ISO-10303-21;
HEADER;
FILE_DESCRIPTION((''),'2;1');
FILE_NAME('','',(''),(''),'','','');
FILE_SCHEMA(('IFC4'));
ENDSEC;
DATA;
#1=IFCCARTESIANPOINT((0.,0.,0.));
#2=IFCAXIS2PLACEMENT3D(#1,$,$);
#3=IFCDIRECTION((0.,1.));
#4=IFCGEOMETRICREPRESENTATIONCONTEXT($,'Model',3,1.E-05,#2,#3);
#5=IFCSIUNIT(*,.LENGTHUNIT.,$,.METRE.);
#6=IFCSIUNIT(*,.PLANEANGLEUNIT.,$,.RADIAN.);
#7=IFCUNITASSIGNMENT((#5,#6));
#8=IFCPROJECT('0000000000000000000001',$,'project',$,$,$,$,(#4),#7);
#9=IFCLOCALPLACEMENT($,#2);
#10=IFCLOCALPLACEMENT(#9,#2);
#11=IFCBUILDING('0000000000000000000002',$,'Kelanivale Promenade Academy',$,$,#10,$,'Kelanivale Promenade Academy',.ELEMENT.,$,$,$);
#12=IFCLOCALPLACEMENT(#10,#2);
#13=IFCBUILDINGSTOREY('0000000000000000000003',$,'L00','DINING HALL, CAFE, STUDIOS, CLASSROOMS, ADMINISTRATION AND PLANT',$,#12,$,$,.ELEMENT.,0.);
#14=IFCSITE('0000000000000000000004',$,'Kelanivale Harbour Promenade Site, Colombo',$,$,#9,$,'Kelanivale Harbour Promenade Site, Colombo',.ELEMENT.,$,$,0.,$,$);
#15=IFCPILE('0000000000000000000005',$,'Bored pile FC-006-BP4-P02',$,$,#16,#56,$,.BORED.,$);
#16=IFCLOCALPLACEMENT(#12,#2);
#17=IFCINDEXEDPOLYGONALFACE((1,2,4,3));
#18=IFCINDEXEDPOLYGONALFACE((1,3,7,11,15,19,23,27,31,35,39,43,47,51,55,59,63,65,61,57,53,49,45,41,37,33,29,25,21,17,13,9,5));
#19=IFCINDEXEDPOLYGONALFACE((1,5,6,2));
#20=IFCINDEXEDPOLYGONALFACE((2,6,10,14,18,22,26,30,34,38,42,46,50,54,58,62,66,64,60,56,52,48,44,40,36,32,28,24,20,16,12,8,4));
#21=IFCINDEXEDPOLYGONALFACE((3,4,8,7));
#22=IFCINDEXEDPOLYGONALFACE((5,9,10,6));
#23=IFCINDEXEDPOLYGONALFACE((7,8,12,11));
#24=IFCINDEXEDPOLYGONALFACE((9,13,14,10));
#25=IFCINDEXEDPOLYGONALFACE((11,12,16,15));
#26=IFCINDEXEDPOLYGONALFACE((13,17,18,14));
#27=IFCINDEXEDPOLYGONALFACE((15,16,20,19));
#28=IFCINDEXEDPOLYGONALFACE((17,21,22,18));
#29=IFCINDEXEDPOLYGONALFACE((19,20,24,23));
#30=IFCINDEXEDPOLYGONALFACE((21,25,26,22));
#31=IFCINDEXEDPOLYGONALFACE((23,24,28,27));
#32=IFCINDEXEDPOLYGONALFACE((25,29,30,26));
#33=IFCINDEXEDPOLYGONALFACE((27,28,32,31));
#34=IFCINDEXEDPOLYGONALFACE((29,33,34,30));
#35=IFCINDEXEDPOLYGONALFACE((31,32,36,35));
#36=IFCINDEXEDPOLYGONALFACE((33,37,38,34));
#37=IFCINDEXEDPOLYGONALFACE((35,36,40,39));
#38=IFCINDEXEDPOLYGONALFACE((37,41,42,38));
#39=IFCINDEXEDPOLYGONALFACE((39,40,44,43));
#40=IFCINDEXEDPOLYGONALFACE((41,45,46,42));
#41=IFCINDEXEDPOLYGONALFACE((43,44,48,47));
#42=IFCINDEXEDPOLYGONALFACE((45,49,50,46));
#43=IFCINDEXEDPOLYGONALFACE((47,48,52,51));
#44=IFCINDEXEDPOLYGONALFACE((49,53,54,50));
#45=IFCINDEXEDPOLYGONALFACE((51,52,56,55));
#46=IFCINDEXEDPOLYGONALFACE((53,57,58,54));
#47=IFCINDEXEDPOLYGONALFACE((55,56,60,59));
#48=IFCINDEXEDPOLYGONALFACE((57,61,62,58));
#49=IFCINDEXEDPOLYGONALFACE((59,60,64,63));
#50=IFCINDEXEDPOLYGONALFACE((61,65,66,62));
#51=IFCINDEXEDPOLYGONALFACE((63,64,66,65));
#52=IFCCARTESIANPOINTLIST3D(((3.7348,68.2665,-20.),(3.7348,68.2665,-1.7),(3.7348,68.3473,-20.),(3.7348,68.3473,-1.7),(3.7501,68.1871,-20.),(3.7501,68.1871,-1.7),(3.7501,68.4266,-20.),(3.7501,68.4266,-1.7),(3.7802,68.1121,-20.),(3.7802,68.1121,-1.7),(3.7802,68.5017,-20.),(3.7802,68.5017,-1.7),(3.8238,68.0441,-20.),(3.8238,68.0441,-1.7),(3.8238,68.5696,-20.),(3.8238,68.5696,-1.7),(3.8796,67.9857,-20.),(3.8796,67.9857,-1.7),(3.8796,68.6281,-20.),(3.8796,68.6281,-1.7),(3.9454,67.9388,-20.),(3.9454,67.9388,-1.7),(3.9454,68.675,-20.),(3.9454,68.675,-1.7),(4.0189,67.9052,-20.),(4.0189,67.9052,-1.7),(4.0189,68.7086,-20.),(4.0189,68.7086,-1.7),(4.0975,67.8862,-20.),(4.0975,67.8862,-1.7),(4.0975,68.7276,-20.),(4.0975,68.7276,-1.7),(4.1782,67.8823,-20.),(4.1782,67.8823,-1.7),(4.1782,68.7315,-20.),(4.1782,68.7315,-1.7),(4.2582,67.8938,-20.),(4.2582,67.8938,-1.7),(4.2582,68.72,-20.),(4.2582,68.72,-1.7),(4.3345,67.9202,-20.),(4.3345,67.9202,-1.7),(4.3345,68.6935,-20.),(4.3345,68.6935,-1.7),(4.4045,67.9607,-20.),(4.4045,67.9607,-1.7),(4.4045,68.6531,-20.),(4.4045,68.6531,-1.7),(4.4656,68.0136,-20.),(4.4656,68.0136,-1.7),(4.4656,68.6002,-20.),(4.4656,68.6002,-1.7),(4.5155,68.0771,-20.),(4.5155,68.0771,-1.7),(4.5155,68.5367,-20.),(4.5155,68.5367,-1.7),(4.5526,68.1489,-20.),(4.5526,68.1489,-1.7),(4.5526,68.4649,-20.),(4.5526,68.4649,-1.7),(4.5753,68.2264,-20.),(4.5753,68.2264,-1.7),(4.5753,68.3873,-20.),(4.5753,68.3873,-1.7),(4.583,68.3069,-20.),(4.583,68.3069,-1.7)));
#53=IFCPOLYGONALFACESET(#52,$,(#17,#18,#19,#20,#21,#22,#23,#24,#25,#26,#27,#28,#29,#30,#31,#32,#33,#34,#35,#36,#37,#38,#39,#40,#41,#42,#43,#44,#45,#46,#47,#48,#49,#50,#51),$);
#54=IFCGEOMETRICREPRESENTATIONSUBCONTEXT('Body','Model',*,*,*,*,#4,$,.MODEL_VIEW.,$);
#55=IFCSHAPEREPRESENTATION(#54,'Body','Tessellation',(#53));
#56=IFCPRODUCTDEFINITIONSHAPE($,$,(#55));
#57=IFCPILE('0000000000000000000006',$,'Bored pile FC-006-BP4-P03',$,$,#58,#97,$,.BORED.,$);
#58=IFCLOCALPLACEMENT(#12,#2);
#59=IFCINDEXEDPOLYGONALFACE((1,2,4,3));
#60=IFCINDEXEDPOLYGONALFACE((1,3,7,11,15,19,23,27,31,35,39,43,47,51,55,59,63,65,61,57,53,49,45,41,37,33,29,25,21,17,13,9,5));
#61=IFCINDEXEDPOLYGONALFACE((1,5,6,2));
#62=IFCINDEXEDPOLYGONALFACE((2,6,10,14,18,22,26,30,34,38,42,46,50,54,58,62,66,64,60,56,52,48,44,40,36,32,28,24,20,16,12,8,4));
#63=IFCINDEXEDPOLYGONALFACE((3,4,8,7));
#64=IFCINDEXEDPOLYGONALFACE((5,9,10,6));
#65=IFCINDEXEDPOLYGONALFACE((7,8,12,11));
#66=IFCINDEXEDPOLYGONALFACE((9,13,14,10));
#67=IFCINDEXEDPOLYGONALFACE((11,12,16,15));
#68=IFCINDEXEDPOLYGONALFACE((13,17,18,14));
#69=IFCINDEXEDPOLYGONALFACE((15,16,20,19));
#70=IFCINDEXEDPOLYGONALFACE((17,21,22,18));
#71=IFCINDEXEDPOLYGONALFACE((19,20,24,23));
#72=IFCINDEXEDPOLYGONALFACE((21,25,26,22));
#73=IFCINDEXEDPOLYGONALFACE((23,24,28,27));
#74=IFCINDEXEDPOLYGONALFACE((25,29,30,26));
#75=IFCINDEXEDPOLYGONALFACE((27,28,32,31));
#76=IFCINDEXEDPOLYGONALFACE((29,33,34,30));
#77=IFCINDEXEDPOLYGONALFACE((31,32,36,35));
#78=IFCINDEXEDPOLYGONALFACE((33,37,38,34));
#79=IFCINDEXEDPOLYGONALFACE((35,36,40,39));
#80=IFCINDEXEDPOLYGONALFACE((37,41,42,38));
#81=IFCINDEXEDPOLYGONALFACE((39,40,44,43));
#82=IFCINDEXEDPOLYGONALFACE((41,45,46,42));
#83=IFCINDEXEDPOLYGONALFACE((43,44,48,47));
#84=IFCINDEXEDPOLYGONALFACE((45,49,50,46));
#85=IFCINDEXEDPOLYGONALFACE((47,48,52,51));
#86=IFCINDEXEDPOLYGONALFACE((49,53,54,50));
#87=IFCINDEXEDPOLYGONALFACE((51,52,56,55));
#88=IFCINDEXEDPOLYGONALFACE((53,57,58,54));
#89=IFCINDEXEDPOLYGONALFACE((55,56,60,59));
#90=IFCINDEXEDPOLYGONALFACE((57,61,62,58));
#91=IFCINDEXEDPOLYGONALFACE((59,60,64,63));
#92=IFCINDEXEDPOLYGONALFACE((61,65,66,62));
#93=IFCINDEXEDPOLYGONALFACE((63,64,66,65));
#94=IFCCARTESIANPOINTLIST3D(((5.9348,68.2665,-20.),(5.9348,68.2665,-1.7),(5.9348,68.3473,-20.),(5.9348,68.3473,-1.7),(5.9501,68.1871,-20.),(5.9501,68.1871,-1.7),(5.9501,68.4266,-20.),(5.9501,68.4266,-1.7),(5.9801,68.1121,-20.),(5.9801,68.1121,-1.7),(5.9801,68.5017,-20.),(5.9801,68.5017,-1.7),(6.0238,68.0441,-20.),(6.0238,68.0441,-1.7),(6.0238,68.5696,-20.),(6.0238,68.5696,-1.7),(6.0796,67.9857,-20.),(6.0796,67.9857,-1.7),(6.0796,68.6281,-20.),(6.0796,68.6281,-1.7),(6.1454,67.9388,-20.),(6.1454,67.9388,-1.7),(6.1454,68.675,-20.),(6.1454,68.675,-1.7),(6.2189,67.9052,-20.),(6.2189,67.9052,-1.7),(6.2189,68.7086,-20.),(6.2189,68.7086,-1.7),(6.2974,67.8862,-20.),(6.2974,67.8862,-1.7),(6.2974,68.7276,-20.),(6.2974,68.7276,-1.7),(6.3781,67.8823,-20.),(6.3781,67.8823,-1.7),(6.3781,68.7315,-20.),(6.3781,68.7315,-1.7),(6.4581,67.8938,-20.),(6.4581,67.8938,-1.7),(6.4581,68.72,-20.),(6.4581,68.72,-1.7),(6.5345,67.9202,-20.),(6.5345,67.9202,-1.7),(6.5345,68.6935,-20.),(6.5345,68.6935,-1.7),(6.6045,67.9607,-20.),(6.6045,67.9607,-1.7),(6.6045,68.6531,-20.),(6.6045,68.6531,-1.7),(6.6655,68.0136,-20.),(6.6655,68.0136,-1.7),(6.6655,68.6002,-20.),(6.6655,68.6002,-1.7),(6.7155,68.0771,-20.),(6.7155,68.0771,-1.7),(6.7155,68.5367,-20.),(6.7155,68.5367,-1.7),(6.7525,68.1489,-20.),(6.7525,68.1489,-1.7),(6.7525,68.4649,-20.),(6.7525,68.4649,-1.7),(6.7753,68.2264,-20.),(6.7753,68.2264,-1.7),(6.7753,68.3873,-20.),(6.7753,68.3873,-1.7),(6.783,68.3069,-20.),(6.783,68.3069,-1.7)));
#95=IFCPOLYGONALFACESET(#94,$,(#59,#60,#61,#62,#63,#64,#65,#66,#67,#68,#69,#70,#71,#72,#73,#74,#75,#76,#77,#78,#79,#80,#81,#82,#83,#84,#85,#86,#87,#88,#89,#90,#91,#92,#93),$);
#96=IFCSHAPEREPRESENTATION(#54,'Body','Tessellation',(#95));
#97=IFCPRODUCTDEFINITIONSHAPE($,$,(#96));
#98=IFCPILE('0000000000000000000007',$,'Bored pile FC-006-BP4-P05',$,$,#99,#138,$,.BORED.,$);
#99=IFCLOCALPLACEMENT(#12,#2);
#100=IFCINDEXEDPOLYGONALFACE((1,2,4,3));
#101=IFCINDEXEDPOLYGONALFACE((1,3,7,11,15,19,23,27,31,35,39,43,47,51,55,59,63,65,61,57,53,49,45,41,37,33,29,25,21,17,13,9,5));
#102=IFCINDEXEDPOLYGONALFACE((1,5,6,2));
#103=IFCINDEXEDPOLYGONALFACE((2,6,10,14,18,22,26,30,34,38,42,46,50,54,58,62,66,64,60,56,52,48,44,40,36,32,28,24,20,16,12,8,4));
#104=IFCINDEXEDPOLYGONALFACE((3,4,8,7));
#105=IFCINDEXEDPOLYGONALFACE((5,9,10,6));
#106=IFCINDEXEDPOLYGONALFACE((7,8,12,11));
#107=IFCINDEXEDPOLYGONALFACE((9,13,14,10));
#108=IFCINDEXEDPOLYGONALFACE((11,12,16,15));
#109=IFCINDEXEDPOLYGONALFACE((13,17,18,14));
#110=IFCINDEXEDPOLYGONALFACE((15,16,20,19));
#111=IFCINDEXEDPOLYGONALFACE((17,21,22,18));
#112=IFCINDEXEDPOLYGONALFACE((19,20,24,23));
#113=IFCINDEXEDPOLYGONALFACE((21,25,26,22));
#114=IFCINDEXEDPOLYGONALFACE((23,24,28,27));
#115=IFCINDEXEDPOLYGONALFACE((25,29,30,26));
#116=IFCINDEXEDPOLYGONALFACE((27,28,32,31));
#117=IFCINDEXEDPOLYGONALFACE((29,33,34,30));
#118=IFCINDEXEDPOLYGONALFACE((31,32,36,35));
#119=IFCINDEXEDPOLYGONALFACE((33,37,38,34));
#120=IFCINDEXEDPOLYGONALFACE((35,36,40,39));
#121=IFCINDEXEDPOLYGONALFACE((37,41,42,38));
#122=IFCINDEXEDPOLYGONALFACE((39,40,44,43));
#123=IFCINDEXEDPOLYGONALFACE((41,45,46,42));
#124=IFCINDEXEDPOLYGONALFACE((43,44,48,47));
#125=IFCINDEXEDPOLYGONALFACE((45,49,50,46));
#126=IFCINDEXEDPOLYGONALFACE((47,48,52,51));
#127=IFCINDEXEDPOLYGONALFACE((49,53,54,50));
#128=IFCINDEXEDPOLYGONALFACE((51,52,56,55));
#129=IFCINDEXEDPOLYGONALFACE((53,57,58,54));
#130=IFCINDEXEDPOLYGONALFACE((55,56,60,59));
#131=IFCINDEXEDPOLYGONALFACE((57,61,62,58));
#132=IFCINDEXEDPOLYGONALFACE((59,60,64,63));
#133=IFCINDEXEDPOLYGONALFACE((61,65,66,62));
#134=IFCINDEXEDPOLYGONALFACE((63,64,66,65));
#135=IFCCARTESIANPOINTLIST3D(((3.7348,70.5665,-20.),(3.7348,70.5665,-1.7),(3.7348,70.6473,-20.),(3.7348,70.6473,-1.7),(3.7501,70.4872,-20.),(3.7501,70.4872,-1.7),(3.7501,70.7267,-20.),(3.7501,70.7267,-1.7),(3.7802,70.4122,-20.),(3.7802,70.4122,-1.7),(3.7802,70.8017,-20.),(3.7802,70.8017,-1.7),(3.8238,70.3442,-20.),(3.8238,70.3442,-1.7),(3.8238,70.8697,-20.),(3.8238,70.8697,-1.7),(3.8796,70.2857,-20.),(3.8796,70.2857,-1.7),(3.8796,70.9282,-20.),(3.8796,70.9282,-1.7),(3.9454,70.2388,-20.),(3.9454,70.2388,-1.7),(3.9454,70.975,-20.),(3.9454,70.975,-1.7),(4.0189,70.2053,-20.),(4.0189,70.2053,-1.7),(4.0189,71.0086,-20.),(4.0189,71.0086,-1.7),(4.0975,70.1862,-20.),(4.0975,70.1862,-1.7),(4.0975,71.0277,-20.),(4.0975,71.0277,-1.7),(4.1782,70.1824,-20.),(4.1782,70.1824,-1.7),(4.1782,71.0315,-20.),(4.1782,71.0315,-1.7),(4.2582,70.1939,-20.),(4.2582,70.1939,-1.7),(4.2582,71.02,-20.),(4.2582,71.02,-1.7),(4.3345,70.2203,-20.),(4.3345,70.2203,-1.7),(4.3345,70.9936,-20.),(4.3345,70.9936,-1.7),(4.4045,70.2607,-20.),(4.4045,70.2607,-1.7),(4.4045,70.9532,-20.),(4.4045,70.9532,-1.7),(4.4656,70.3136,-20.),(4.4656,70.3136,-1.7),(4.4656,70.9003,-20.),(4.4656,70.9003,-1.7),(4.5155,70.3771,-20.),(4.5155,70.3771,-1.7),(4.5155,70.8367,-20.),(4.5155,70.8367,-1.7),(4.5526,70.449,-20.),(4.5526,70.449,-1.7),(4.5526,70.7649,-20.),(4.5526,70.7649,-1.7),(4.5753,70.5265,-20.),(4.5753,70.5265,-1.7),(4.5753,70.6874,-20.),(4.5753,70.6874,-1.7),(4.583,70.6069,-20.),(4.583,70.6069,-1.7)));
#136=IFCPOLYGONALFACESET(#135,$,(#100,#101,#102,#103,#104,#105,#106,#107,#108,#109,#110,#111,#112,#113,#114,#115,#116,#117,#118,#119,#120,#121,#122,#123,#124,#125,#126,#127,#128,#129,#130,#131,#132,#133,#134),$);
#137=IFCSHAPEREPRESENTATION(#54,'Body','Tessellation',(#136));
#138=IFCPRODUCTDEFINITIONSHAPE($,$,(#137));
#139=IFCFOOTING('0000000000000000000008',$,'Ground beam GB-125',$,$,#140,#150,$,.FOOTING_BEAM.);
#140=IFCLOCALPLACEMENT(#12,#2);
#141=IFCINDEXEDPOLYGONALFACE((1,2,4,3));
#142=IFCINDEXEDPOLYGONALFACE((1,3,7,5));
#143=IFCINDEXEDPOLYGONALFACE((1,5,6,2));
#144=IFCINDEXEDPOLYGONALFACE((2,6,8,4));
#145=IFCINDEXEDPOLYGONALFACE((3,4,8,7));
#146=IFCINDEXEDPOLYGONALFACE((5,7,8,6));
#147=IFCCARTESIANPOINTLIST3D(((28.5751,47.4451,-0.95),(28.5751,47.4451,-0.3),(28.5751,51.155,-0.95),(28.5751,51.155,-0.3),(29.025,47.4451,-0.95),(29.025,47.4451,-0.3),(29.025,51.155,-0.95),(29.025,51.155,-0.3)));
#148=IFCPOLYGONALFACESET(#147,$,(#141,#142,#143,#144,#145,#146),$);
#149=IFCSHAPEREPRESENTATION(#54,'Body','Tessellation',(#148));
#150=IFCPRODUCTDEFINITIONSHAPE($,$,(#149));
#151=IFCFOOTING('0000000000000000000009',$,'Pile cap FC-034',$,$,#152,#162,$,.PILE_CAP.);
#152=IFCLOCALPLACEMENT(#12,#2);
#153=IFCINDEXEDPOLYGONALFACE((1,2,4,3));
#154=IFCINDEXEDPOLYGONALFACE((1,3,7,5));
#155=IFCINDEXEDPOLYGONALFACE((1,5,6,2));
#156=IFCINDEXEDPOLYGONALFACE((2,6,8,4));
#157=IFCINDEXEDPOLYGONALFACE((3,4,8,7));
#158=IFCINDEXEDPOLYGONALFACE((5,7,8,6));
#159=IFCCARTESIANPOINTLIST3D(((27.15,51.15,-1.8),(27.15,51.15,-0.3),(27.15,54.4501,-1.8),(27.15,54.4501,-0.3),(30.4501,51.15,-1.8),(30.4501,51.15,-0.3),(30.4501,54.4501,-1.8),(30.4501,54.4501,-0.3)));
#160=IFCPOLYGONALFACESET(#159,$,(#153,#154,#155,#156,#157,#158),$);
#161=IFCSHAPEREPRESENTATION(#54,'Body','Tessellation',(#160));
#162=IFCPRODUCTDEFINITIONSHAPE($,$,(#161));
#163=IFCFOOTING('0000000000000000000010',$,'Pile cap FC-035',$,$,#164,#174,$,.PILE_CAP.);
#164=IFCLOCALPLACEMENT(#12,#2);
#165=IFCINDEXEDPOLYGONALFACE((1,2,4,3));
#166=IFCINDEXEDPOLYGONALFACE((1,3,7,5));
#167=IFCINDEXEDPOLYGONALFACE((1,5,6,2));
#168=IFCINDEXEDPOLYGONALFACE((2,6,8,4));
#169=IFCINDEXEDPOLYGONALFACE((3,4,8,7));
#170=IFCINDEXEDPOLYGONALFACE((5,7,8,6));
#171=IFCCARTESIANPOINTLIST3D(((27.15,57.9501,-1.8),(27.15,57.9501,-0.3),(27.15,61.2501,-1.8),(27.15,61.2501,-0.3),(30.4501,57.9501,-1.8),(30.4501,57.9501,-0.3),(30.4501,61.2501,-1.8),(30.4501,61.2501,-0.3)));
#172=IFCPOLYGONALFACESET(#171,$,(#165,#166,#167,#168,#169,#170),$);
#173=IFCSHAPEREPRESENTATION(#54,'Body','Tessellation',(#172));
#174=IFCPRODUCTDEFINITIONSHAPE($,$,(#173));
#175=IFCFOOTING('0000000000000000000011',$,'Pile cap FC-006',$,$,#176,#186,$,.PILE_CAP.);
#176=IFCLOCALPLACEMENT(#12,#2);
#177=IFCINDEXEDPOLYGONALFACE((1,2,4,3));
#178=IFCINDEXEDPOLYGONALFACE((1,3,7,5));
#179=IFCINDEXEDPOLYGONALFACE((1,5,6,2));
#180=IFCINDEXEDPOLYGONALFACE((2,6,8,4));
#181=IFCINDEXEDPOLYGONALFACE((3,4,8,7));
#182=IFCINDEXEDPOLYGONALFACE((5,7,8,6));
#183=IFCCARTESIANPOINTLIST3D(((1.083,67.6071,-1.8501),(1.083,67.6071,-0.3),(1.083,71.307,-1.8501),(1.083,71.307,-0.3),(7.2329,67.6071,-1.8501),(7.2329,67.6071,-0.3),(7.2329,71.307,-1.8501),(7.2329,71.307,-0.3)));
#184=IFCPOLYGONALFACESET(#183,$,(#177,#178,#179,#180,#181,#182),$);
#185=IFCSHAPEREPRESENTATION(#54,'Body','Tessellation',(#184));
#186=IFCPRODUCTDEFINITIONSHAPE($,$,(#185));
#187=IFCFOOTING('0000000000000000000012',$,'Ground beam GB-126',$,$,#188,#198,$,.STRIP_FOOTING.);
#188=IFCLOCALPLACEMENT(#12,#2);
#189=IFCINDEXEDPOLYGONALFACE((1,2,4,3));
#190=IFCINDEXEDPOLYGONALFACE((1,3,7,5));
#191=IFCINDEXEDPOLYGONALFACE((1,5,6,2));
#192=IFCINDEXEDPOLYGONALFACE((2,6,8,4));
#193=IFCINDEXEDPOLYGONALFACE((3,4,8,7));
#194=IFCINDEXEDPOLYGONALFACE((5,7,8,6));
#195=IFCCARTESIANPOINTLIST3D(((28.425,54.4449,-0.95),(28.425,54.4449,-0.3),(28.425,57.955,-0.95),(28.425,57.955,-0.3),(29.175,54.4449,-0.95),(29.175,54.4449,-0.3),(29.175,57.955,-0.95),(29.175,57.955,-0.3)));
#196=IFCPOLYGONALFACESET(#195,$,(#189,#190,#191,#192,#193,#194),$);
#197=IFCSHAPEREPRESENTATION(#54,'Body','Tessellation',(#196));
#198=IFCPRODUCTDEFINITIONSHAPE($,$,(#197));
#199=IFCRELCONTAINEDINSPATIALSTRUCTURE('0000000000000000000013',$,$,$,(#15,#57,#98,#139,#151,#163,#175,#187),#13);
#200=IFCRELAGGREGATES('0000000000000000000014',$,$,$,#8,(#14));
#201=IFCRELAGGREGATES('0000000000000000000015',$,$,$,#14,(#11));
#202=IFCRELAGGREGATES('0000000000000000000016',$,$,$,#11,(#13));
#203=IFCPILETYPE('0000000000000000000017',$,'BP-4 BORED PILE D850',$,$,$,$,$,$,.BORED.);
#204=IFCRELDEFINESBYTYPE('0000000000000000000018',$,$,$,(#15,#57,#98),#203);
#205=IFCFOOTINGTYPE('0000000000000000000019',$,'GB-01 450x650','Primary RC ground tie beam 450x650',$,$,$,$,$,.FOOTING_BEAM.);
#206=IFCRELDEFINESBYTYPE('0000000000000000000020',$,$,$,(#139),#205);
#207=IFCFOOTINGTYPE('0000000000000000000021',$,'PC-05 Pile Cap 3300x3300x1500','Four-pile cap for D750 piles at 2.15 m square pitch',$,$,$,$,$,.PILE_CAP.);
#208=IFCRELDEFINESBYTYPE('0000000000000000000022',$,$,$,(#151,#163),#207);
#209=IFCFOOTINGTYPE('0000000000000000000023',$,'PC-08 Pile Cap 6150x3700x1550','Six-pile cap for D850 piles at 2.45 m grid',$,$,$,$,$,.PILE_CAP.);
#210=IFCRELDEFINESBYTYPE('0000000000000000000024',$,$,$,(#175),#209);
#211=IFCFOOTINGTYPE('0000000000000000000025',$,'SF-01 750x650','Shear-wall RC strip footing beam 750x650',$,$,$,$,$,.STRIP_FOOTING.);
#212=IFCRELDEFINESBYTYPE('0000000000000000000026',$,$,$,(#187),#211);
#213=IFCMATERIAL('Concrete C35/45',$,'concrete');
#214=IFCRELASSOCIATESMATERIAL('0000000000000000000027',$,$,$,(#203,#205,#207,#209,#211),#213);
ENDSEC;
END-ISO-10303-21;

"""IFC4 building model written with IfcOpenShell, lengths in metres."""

from ifc_helpers import new_model, si_unit, direction, frame, origin, origin_2d, place, context, subcontext, project, spatial, rectangle, circle, extrude, material, material_profile, profile_set, type_object, element, save


model = new_model("IFC4")

# Units and contexts
model_context = context("Model", 3, precision=1e-05, world=origin(), true_north=direction((0.0, 1.0)))
body_context = subcontext(model_context, "Body", "Model", "MODEL_VIEW")
ifc_project = project(units=[si_unit("LENGTHUNIT", "METRE"), si_unit("PLANEANGLEUNIT", "RADIAN")], contexts=[model_context])

# Site, building, storey
site_placement = place(None, origin())
site = spatial("IfcSite", under=ifc_project, at=site_placement, Name="Kelanivale Harbour Promenade Site, Colombo", LongName="Kelanivale Harbour Promenade Site, Colombo", CompositionType="ELEMENT", RefElevation=0.0)
building_placement = place(site_placement, origin())
building = spatial("IfcBuilding", under=site, at=building_placement, Name="Kelanivale Promenade Academy", LongName="Kelanivale Promenade Academy", CompositionType="ELEMENT")
storey_placement = place(building_placement, origin())
storey = spatial("IfcBuildingStorey", under=building, at=storey_placement, Name="L00", Description="DINING HALL, CAFE, STUDIOS, CLASSROOMS, ADMINISTRATION AND PLANT", CompositionType="ELEMENT", Elevation=0.0)

# Piles
ifc_material_1 = material(Name="Concrete C35/45", Category="concrete")
ifc_material_profile_1 = material_profile(ifc_material_1, circle(Radius=0.425, at=origin_2d()), Name="BORED PILE D850")
ifc_profile_set_1 = profile_set([ifc_material_profile_1], Name="Concrete C35/45")
pile_type_1 = type_object("IfcPileType", Name="BP-4 BORED PILE D850", PredefinedType="BORED", material=ifc_profile_set_1)
for number, where, z_axis, x_axis, name in (
    (1, (4.158, 68.3069, -1.7), (0.0, 0.0, -1.0), (1.0, 0.0, 0.0), "Bored pile FC-006-BP4-P02"),
    (2, (6.3579, 68.3069, -1.7), (0.0, 0.0, -1.0), (1.0, 0.0, 0.0), "Bored pile FC-006-BP4-P03"),
    (3, (4.158, 70.6069, -1.7), (0.0, 0.0, -1.0), (1.0, 0.0, 0.0), "Bored pile FC-006-BP4-P05"),
):
    element("IfcPile", number, at=place(storey_placement, frame(where, z_axis=z_axis, x_axis=x_axis)), inside=storey, type_object=pile_type_1, Name=name, PredefinedType="BORED", context=body_context, shape_type="SweptSolid", body=[
        extrude(circle(Radius=0.425, at=origin_2d()), origin(), (0.0, 0.0, 1.0), 18.3),
    ])

# Footings
footing_type_1 = type_object("IfcFootingType", Name="GB-01 450x650", Description="Primary RC ground tie beam 450x650", PredefinedType="FOOTING_BEAM", material=ifc_material_1)
footing_1_placement = place(storey_placement, frame((28.8, 49.3, -0.95), z_axis=(0.0, 0.0, 1.0), x_axis=(0.0, 1.0, 0.0)))
element("IfcFooting", 4, at=footing_1_placement, inside=storey, type_object=footing_type_1, Name="Ground beam GB-125", PredefinedType="FOOTING_BEAM", context=body_context, shape_type="SweptSolid", body=[
    extrude(rectangle(XDim=3.71, YDim=0.45, at=origin_2d()), origin(), (0.0, 0.0, 1.0), 0.6499),
])
footing_type_2 = type_object("IfcFootingType", Name="PC-05 Pile Cap 3300x3300x1500", Description="Four-pile cap for D750 piles at 2.15 m square pitch", PredefinedType="PILE_CAP", material=ifc_material_1)
for number, where, z_axis, x_axis, name in (
    (5, (28.8, 52.8, -1.8), (0.0, 0.0, 1.0), (1.0, 0.0, 0.0), "Pile cap FC-034"),
    (6, (28.8, 59.6001, -1.8), (0.0, 0.0, 1.0), (1.0, 0.0, 0.0), "Pile cap FC-035"),
):
    element("IfcFooting", number, at=place(storey_placement, frame(where, z_axis=z_axis, x_axis=x_axis)), inside=storey, type_object=footing_type_2, Name=name, PredefinedType="PILE_CAP", context=body_context, shape_type="SweptSolid", body=[
        extrude(rectangle(XDim=3.3, YDim=3.3, at=origin_2d()), origin(), (0.0, 0.0, 1.0), 1.5),
    ])
footing_type_3 = type_object("IfcFootingType", Name="PC-08 Pile Cap 6150x3700x1550", Description="Six-pile cap for D850 piles at 2.45 m grid", PredefinedType="PILE_CAP", material=ifc_material_1)
footing_2_placement = place(storey_placement, frame((4.158, 69.457, -1.8501), z_axis=(0.0, 0.0, 1.0), x_axis=(1.0, 0.0, 0.0)))
element("IfcFooting", 7, at=footing_2_placement, inside=storey, type_object=footing_type_3, Name="Pile cap FC-006", PredefinedType="PILE_CAP", context=body_context, shape_type="SweptSolid", body=[
    extrude(rectangle(XDim=6.1499, YDim=3.7, at=origin_2d()), origin(), (0.0, 0.0, 1.0), 1.55),
])
footing_type_4 = type_object("IfcFootingType", Name="SF-01 750x650", Description="Shear-wall RC strip footing beam 750x650", PredefinedType="STRIP_FOOTING", material=ifc_material_1)
footing_3_placement = place(storey_placement, frame((28.8, 56.2, -0.95), z_axis=(0.0, 0.0, 1.0), x_axis=(0.0, 1.0, 0.0)))
element("IfcFooting", 8, at=footing_3_placement, inside=storey, type_object=footing_type_4, Name="Ground beam GB-126", PredefinedType="STRIP_FOOTING", context=body_context, shape_type="SweptSolid", body=[
    extrude(rectangle(XDim=3.51, YDim=0.75, at=origin_2d()), origin(), (0.0, 0.0, 1.0), 0.6499),
])

save(model, "model.ifc")
